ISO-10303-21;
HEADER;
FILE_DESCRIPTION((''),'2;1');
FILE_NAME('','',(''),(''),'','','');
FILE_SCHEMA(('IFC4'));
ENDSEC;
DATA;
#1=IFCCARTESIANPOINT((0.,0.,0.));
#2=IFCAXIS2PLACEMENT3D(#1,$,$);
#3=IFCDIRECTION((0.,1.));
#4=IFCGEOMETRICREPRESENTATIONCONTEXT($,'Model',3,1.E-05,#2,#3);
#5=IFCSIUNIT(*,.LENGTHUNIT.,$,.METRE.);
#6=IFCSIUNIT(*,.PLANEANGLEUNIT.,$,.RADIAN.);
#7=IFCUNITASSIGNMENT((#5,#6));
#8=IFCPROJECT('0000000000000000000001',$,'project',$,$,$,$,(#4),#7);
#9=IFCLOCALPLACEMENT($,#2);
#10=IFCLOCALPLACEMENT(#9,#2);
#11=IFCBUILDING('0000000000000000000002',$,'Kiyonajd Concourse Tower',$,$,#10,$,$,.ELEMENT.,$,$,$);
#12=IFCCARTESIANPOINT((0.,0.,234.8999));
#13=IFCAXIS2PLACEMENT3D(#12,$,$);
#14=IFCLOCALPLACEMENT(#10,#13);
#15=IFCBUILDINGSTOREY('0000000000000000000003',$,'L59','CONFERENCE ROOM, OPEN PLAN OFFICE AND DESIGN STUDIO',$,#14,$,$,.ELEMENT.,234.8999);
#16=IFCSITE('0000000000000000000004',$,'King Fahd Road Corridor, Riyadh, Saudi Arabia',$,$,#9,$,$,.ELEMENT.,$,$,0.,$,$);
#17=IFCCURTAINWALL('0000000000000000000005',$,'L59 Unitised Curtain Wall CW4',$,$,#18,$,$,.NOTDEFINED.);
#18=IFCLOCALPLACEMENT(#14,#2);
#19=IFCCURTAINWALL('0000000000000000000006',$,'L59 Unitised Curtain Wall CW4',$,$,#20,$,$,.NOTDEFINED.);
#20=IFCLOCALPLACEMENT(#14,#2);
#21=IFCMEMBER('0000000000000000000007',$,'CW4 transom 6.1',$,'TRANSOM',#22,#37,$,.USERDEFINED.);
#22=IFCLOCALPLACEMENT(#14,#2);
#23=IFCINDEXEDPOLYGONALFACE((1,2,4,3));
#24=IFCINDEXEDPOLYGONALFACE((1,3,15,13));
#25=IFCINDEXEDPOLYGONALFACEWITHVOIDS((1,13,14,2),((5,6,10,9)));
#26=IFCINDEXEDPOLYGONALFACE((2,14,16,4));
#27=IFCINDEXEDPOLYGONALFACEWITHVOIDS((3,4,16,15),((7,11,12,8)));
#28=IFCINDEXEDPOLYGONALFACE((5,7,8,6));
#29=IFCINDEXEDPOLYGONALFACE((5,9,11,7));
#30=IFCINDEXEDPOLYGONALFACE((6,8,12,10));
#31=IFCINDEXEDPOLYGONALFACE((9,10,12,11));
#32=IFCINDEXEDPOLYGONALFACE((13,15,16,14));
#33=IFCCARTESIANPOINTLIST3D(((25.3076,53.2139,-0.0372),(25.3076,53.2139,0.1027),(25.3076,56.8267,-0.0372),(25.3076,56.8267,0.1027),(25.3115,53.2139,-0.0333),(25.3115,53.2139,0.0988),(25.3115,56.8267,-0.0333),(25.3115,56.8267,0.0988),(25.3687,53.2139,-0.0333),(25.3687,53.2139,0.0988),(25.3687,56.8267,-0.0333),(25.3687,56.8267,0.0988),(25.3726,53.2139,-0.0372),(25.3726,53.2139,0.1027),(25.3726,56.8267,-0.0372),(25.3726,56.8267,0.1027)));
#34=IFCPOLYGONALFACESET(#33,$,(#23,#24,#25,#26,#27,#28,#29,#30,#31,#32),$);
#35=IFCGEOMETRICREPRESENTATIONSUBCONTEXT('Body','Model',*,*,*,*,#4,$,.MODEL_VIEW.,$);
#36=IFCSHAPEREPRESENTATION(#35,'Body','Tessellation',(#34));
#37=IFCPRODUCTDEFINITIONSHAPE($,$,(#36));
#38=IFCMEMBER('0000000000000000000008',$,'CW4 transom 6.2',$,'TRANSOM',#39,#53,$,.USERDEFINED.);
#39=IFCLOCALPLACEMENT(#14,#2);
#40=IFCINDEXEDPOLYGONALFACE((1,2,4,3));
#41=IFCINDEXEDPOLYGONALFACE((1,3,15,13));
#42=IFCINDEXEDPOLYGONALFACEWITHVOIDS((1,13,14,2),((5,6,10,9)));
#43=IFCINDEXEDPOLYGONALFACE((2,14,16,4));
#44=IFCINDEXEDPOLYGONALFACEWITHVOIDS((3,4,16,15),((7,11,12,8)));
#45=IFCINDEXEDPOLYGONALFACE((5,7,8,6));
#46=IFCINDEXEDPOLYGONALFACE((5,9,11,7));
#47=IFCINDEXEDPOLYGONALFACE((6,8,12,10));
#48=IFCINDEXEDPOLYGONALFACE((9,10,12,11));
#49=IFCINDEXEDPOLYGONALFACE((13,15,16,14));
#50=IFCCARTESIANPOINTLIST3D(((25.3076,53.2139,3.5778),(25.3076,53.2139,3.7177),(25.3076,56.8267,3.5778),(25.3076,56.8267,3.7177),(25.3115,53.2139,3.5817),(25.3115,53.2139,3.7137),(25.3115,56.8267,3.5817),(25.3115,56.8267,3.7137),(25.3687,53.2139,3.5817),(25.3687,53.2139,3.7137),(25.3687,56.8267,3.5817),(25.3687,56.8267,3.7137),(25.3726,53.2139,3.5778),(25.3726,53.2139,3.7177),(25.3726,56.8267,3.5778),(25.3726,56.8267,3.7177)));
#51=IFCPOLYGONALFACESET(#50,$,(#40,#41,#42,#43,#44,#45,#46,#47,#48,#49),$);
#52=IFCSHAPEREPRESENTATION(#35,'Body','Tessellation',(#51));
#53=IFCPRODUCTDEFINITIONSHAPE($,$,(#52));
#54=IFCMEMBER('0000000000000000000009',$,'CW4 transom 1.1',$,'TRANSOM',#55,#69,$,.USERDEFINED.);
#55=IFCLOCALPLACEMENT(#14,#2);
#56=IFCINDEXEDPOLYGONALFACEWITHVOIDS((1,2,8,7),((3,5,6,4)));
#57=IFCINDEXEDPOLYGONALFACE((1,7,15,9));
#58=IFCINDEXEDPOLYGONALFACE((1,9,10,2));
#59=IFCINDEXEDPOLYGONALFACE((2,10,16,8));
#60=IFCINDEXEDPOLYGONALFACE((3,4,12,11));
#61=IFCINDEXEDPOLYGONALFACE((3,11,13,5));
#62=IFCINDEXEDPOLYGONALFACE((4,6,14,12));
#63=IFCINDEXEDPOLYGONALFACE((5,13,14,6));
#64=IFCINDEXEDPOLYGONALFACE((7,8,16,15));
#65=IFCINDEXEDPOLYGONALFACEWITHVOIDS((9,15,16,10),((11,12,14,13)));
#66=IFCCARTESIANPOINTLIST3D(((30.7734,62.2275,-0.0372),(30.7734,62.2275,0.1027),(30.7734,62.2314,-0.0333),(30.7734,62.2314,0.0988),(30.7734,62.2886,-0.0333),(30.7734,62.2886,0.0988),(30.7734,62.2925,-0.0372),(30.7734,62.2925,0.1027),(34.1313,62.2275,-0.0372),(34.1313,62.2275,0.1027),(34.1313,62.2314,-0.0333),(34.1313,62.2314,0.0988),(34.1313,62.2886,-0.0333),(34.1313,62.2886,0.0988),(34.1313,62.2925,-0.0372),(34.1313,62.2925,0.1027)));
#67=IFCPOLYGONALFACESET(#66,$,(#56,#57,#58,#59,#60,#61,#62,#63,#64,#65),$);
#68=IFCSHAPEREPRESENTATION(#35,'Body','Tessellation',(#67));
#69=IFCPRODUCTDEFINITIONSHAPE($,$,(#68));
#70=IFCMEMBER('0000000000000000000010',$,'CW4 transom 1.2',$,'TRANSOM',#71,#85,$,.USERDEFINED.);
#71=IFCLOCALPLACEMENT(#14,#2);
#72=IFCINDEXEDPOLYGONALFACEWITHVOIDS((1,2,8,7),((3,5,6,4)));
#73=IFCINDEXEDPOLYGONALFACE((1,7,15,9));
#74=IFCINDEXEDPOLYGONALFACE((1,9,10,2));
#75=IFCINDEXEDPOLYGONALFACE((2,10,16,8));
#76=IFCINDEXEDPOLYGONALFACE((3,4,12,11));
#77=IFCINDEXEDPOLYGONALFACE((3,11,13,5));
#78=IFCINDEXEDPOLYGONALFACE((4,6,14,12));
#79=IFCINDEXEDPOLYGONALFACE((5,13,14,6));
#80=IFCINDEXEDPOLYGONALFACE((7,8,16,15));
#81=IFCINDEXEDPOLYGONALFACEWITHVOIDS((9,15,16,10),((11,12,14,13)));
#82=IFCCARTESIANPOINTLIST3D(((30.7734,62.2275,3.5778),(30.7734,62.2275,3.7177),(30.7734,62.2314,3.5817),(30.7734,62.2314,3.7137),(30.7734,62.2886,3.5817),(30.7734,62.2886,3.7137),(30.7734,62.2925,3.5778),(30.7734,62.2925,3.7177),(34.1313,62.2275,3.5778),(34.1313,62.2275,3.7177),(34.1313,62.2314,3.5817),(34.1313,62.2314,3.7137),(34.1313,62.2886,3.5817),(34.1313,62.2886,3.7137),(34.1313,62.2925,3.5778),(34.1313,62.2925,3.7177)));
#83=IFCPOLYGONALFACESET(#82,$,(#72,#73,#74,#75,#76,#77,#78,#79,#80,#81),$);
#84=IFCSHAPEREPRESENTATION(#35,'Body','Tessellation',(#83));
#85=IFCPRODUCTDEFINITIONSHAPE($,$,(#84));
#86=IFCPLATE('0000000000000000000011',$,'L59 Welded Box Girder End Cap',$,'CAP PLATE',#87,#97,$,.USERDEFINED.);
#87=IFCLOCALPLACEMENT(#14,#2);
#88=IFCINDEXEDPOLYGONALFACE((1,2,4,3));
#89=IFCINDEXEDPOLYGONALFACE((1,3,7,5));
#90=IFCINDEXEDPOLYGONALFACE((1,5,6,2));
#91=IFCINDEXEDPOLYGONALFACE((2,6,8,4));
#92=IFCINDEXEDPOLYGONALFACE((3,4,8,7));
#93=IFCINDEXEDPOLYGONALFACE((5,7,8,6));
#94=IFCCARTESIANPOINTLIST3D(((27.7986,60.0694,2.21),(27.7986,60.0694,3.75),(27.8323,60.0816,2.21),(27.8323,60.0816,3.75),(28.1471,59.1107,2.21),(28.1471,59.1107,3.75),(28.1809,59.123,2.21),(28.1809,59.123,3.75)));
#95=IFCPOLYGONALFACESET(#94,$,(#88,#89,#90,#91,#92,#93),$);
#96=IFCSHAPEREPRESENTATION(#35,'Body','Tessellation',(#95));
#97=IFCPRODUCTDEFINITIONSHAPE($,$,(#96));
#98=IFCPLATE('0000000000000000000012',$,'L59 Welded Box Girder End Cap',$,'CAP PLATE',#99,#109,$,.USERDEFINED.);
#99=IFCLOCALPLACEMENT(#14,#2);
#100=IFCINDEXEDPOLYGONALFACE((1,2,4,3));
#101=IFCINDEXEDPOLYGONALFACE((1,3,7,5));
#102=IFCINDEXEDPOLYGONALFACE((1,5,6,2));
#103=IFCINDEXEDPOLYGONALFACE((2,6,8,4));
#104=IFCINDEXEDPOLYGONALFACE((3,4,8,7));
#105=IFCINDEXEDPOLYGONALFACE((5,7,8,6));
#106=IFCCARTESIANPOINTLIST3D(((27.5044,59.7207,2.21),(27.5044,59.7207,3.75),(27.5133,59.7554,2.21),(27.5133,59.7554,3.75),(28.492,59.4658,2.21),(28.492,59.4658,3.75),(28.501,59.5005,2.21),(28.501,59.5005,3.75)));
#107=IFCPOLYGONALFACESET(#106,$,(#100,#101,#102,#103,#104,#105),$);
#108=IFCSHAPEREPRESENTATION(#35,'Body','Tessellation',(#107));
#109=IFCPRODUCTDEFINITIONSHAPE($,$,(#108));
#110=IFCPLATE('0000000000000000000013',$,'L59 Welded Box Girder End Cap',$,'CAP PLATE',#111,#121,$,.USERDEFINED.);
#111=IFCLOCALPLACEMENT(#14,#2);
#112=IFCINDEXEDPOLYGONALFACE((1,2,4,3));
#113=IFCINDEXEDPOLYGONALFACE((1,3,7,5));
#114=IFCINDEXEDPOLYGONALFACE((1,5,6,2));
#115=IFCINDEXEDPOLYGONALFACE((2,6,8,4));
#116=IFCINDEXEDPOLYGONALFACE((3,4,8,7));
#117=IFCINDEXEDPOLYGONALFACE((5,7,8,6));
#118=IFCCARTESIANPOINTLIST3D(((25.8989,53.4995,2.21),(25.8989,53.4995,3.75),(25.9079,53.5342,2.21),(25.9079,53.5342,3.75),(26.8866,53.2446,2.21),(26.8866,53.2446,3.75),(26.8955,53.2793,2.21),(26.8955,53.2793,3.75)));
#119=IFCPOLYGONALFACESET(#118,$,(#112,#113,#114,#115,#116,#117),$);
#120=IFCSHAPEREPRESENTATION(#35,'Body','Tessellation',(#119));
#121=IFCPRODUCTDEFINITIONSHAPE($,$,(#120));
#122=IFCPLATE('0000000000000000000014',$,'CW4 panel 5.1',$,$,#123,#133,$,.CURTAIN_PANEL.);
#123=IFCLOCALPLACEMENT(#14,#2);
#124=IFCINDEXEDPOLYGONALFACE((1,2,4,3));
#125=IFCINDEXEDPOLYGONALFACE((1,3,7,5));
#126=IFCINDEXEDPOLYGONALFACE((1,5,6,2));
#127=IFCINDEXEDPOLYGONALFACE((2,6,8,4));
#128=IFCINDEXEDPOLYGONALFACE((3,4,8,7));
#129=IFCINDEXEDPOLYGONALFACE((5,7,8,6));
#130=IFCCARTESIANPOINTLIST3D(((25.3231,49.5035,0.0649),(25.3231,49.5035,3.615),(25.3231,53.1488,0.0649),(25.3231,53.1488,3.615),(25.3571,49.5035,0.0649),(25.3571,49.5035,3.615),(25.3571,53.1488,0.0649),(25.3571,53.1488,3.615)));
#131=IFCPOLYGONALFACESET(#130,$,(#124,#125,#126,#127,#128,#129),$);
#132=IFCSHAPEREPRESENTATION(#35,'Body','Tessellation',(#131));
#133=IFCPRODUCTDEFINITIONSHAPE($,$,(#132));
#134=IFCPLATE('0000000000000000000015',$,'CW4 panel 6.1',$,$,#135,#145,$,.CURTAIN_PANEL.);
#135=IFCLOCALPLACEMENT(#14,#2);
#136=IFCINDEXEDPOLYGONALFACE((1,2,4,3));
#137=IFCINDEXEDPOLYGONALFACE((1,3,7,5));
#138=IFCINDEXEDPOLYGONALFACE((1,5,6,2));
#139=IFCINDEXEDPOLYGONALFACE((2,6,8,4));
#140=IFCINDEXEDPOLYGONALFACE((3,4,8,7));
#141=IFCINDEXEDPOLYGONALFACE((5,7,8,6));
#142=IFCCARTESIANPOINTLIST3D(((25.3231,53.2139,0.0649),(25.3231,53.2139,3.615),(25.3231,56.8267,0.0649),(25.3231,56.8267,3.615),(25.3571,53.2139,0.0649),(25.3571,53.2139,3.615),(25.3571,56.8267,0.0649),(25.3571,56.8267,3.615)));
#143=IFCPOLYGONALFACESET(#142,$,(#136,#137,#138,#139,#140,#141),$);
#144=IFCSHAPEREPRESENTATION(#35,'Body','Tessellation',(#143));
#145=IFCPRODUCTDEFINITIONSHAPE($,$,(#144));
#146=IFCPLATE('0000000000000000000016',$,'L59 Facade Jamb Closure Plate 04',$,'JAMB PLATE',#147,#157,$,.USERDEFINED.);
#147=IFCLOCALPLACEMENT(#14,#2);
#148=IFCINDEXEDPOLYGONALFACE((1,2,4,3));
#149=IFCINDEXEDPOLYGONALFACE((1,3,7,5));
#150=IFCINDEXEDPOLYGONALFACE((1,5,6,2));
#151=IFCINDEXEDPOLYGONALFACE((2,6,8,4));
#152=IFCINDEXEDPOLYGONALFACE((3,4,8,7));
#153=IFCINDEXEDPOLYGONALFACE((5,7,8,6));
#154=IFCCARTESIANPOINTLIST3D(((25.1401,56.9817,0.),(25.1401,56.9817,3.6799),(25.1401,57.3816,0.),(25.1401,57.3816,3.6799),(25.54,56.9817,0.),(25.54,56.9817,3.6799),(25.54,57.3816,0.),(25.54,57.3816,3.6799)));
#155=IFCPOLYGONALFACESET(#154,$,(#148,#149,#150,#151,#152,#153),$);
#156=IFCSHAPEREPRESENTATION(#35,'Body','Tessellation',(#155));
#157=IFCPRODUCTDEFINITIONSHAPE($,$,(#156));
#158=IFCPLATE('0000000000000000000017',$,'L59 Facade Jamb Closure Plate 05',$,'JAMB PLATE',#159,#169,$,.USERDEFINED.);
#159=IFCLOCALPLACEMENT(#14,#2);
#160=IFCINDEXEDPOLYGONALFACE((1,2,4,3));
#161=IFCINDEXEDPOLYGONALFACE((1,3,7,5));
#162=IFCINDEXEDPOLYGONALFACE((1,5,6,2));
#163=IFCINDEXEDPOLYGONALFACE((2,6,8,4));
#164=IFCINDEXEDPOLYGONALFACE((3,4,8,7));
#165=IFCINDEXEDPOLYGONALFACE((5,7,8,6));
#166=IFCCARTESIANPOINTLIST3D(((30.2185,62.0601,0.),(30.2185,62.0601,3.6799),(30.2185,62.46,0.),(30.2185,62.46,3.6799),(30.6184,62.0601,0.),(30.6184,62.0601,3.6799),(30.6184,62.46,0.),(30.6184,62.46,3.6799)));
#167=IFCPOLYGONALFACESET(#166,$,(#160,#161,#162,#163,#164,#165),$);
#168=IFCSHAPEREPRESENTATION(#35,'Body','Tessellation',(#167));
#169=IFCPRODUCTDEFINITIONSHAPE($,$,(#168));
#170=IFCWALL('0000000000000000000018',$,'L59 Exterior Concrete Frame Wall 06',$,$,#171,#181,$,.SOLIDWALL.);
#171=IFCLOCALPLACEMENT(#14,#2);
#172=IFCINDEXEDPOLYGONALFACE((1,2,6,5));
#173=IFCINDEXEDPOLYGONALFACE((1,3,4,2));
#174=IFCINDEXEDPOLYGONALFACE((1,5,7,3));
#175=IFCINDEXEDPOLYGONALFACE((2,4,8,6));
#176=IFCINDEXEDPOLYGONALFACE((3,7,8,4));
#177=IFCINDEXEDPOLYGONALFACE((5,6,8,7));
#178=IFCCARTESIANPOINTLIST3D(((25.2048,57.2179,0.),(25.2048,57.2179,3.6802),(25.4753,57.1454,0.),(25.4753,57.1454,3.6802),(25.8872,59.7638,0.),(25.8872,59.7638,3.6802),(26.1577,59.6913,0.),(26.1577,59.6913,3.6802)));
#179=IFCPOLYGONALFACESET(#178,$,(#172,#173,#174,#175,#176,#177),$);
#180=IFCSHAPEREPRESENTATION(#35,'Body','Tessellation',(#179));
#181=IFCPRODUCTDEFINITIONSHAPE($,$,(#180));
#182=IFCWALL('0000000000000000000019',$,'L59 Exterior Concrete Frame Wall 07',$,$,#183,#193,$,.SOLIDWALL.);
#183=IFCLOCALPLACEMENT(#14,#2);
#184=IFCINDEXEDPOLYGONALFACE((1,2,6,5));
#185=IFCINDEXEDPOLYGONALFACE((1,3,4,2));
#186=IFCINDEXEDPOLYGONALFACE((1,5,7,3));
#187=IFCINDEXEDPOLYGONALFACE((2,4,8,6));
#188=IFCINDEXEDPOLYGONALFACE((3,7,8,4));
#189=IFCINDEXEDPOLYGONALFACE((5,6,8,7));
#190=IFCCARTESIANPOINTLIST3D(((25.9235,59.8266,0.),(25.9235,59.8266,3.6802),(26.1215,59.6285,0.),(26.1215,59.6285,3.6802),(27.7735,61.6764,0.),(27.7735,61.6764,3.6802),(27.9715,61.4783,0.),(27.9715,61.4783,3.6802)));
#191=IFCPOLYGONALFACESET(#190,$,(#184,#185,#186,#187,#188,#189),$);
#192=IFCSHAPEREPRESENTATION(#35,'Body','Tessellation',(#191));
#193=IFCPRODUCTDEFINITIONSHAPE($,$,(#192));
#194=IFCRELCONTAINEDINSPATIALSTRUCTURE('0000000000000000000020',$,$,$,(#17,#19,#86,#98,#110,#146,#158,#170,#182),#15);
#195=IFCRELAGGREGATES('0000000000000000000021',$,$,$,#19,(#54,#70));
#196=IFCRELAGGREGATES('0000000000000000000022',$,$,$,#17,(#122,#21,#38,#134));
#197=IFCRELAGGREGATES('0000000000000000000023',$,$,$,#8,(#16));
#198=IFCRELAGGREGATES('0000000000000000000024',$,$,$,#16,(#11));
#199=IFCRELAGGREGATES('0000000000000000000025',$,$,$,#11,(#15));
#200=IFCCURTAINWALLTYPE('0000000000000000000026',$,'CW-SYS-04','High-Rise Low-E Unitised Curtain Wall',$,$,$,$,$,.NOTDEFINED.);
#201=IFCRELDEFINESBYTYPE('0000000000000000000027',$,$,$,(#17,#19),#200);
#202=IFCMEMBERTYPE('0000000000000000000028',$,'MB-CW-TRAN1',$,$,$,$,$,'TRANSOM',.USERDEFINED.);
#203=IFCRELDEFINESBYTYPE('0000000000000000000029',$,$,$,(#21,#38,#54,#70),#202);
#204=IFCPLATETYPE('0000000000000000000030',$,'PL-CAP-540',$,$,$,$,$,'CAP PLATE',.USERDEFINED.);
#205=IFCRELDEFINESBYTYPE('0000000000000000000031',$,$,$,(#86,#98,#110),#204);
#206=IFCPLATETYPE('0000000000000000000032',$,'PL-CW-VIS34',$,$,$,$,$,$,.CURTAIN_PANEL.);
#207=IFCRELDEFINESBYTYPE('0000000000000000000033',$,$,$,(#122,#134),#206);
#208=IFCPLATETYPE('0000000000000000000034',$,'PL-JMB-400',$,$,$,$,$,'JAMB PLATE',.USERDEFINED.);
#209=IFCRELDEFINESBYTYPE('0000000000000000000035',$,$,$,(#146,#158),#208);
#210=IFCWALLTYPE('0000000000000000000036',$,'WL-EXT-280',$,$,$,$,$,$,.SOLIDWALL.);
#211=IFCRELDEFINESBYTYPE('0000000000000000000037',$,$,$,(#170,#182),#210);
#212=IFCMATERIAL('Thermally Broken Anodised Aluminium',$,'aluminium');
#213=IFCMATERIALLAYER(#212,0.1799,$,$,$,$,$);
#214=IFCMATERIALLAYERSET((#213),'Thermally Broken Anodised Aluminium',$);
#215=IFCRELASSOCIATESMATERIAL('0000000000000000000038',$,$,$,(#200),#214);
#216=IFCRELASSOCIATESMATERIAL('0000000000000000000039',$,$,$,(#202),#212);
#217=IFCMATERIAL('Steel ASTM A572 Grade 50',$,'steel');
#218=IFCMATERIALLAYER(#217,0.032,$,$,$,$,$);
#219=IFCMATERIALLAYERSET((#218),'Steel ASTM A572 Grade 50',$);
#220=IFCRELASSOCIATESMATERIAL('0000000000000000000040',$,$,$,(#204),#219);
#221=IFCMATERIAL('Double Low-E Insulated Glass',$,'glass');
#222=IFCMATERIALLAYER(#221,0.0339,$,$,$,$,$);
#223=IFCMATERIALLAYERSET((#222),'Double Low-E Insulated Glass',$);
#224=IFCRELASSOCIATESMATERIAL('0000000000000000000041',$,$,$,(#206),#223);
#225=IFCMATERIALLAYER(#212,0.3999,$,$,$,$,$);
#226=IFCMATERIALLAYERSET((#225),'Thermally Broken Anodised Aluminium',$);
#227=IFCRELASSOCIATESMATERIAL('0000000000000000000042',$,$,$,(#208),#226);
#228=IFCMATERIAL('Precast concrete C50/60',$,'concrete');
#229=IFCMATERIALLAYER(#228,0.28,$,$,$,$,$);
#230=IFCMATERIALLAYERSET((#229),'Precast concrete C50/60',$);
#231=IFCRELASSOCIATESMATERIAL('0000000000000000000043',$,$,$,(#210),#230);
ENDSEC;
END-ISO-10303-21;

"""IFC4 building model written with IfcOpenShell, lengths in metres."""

from ifc_helpers import new_model, si_unit, direction, frame, frame_2d, origin, origin_2d, place, context, subcontext, project, spatial, rectangle, hollow_rectangle, extrude, material, layer, layer_set, material_profile, profile_set, type_object, element, aggregate, save


model = new_model("IFC4")

# Units and contexts
model_context = context("Model", 3, precision=1e-05, world=origin(), true_north=direction((0.0, 1.0)))
body_context = subcontext(model_context, "Body", "Model", "MODEL_VIEW")
ifc_project = project(units=[si_unit("LENGTHUNIT", "METRE"), si_unit("PLANEANGLEUNIT", "RADIAN")], contexts=[model_context])

# Site, building, storey
site_placement = place(None, origin())
site = spatial("IfcSite", under=ifc_project, at=site_placement, Name="King Fahd Road Corridor, Riyadh, Saudi Arabia", CompositionType="ELEMENT", RefElevation=0.0)
building_placement = place(site_placement, origin())
building = spatial("IfcBuilding", under=site, at=building_placement, Name="Kiyonajd Concourse Tower", CompositionType="ELEMENT")
storey_placement = place(building_placement, frame((0.0, 0.0, 234.8999)))
storey = spatial("IfcBuildingStorey", under=building, at=storey_placement, Name="L59", Description="CONFERENCE ROOM, OPEN PLAN OFFICE AND DESIGN STUDIO", CompositionType="ELEMENT", Elevation=234.8999)

# Shared definitions
ifc_material_1 = material(Name="Steel ASTM A572 Grade 50", Category="steel")

# Curtain wall
ifc_material_2 = material(Name="Thermally Broken Anodised Aluminium", Category="aluminium")
ifc_layer_1 = layer(ifc_material_2, 0.1799)
ifc_layer_set_1 = layer_set([ifc_layer_1], Name="Thermally Broken Anodised Aluminium")
curtain_wall_type = type_object("IfcCurtainWallType", Name="CW-SYS-04", Description="High-Rise Low-E Unitised Curtain Wall", PredefinedType="NOTDEFINED", material=ifc_layer_set_1)
curtain_wall_1_placement = place(storey_placement, origin())
curtain_wall_1 = element("IfcCurtainWall", 1, at=curtain_wall_1_placement, inside=storey, type_object=curtain_wall_type, Name="L59 Unitised Curtain Wall CW4", PredefinedType="NOTDEFINED")

# Curtain wall
curtain_wall_2_placement = place(storey_placement, origin())
curtain_wall_2 = element("IfcCurtainWall", 2, at=curtain_wall_2_placement, inside=storey, type_object=curtain_wall_type, Name="L59 Unitised Curtain Wall CW4", PredefinedType="NOTDEFINED")

# Members
ifc_material_profile_1 = material_profile(ifc_material_2, hollow_rectangle(XDim=0.0649, YDim=0.1399, WallThickness=0.0039, at=origin_2d()), Name="TRAN-65x140")
ifc_profile_set_1 = profile_set([ifc_material_profile_1], Name="Thermally Broken Anodised Aluminium")
member_type_1 = type_object("IfcMemberType", Name="MB-CW-TRAN1", ElementType="TRANSOM", PredefinedType="USERDEFINED", material=ifc_profile_set_1)
member_1_placement = place(storey_placement, frame((25.3401, 53.2139, 0.0327), z_axis=(0.0, 1.0, 0.0), x_axis=(-1.0, 0.0, 0.0)))
member_1 = element("IfcMember", 3, at=member_1_placement, type_object=member_type_1, Name="CW4 transom 6.1", ObjectType="TRANSOM", PredefinedType="USERDEFINED", context=body_context, shape_type="SweptSolid", body=[
    extrude(hollow_rectangle(XDim=0.0649, YDim=0.1399, WallThickness=0.0039, at=origin_2d()), origin(), (0.0, 0.0, 1.0), 3.6128),
])
member_2_placement = place(storey_placement, frame((25.3401, 53.2139, 3.6477), z_axis=(0.0, 1.0, 0.0), x_axis=(-1.0, 0.0, 0.0)))
member_2 = element("IfcMember", 4, at=member_2_placement, type_object=member_type_1, Name="CW4 transom 6.2", ObjectType="TRANSOM", PredefinedType="USERDEFINED", context=body_context, shape_type="SweptSolid", body=[
    extrude(hollow_rectangle(XDim=0.0649, YDim=0.1399, WallThickness=0.0039, at=origin_2d()), origin(), (0.0, 0.0, 1.0), 3.6128),
])
member_3_placement = place(storey_placement, frame((30.7734, 62.26, 0.0327), z_axis=(1.0, 0.0, 0.0), x_axis=(0.0, 1.0, 0.0)))
member_3 = element("IfcMember", 5, at=member_3_placement, type_object=member_type_1, Name="CW4 transom 1.1", ObjectType="TRANSOM", PredefinedType="USERDEFINED", context=body_context, shape_type="SweptSolid", body=[
    extrude(hollow_rectangle(XDim=0.0649, YDim=0.1399, WallThickness=0.0039, at=origin_2d()), origin(), (0.0, 0.0, 1.0), 3.3579),
])
member_4_placement = place(storey_placement, frame((30.7734, 62.26, 3.6477), z_axis=(1.0, 0.0, 0.0), x_axis=(0.0, 1.0, 0.0)))
member_4 = element("IfcMember", 6, at=member_4_placement, type_object=member_type_1, Name="CW4 transom 1.2", ObjectType="TRANSOM", PredefinedType="USERDEFINED", context=body_context, shape_type="SweptSolid", body=[
    extrude(hollow_rectangle(XDim=0.0649, YDim=0.1399, WallThickness=0.0039, at=origin_2d()), origin(), (0.0, 0.0, 1.0), 3.3579),
])
aggregate(curtain_wall_2, [member_3, member_4])

# Plates
ifc_layer_2 = layer(ifc_material_1, 0.032)
ifc_layer_set_2 = layer_set([ifc_layer_2], Name="Steel ASTM A572 Grade 50")
plate_type_1 = type_object("IfcPlateType", Name="PL-CAP-540", ElementType="CAP PLATE", PredefinedType="USERDEFINED", material=ifc_layer_set_2)
for number, where, z_axis, x_axis, name in (
    (7, (27.9897, 59.5962, 2.21), (0.0, 0.0, 1.0), (-0.939812, -0.341692, 0.0), "L59 Welded Box Girder End Cap"),
    (8, (28.0027, 59.6106, 2.21), (0.0, 0.0, 1.0), (0.249873, 0.968279, 0.0), "L59 Welded Box Girder End Cap"),
    (9, (26.3972, 53.3894, 2.21), (0.0, 0.0, 1.0), (-0.249873, -0.968279, 0.0), "L59 Welded Box Girder End Cap"),
):
    element("IfcPlate", number, at=place(storey_placement, frame(where, z_axis=z_axis, x_axis=x_axis)), inside=storey, type_object=plate_type_1, Name=name, ObjectType="CAP PLATE", PredefinedType="USERDEFINED", context=body_context, shape_type="SweptSolid", body=[
        extrude(rectangle(XDim=0.0359, YDim=1.02, at=origin_2d()), origin(), (0.0, 0.0, 1.0), 1.54),
    ])

# Plates
ifc_material_3 = material(Name="Double Low-E Insulated Glass", Category="glass")
ifc_layer_3 = layer(ifc_material_3, 0.0339)
ifc_layer_set_3 = layer_set([ifc_layer_3], Name="Double Low-E Insulated Glass")
plate_type_2 = type_object("IfcPlateType", Name="PL-CW-VIS34", PredefinedType="CURTAIN_PANEL", material=ifc_layer_set_3)
plate_1_placement = place(storey_placement, frame((25.3401, 51.3262, 0.0649), z_axis=(0.0, 0.0, 1.0), x_axis=(0.0, 1.0, 0.0)))
plate_1 = element("IfcPlate", 10, at=plate_1_placement, type_object=plate_type_2, Name="CW4 panel 5.1", PredefinedType="CURTAIN_PANEL", context=body_context, shape_type="SweptSolid", body=[
    extrude(rectangle(XDim=3.6453, YDim=0.0339, at=origin_2d()), origin(), (0.0, 0.0, 1.0), 3.55),
])
plate_2_placement = place(storey_placement, frame((25.3401, 55.0203, 0.0649), z_axis=(0.0, 0.0, 1.0), x_axis=(0.0, 1.0, 0.0)))
plate_2 = element("IfcPlate", 11, at=plate_2_placement, type_object=plate_type_2, Name="CW4 panel 6.1", PredefinedType="CURTAIN_PANEL", context=body_context, shape_type="SweptSolid", body=[
    extrude(rectangle(XDim=3.6128, YDim=0.0339, at=origin_2d()), origin(), (0.0, 0.0, 1.0), 3.55),
])
aggregate(curtain_wall_1, [plate_1, member_1, member_2, plate_2])

# Plates
ifc_layer_4 = layer(ifc_material_2, 0.3999)
ifc_layer_set_4 = layer_set([ifc_layer_4], Name="Thermally Broken Anodised Aluminium")
plate_type_3 = type_object("IfcPlateType", Name="PL-JMB-400", ElementType="JAMB PLATE", PredefinedType="USERDEFINED", material=ifc_layer_set_4)
for number, where, z_axis, x_axis, name in (
    (12, (25.3401, 57.1816, 0.0), (0.0, 0.0, 1.0), (1.0, 0.0, 0.0), "L59 Facade Jamb Closure Plate 04"),
    (13, (30.4185, 62.26, 0.0), (0.0, 0.0, 1.0), (1.0, 0.0, 0.0), "L59 Facade Jamb Closure Plate 05"),
):
    element("IfcPlate", number, at=place(storey_placement, frame(where, z_axis=z_axis, x_axis=x_axis)), inside=storey, type_object=plate_type_3, Name=name, ObjectType="JAMB PLATE", PredefinedType="USERDEFINED", context=body_context, shape_type="SweptSolid", body=[
        extrude(rectangle(XDim=0.3999, YDim=0.3999, at=origin_2d()), origin(), (0.0, 0.0, 1.0), 3.6799),
    ])

# Walls
ifc_material_4 = material(Name="Precast concrete C50/60", Category="concrete")
ifc_layer_5 = layer(ifc_material_4, 0.28)
ifc_layer_set_5 = layer_set([ifc_layer_5], Name="Precast concrete C50/60")
wall_type = type_object("IfcWallType", Name="WL-EXT-280", PredefinedType="SOLIDWALL", material=ifc_layer_set_5)
wall_1_placement = place(storey_placement, frame((25.3401, 57.1816, 0.0), z_axis=(0.0, 0.0, 1.0), x_axis=(0.25889, 0.965907, 0.0)))
element("IfcWall", 14, at=wall_1_placement, inside=storey, type_object=wall_type, Name="L59 Exterior Concrete Frame Wall 06", PredefinedType="SOLIDWALL", context=body_context, shape_type="SweptSolid", body=[
    extrude(rectangle(XDim=2.6357, YDim=0.28, at=frame_2d((1.3179, 0.0))), origin(), (0.0, 0.0, 1.0), 3.6802),
])
wall_2_placement = place(storey_placement, frame((26.0225, 59.7275, 0.0), z_axis=(0.0, 0.0, 1.0), x_axis=(0.707153, 0.70706, 0.0)))
element("IfcWall", 15, at=wall_2_placement, inside=storey, type_object=wall_type, Name="L59 Exterior Concrete Frame Wall 07", PredefinedType="SOLIDWALL", context=body_context, shape_type="SweptSolid", body=[
    extrude(rectangle(XDim=2.6162, YDim=0.28, at=frame_2d((1.3081, 0.0))), origin(), (0.0, 0.0, 1.0), 3.6802),
])

save(model, "model.ifc")
